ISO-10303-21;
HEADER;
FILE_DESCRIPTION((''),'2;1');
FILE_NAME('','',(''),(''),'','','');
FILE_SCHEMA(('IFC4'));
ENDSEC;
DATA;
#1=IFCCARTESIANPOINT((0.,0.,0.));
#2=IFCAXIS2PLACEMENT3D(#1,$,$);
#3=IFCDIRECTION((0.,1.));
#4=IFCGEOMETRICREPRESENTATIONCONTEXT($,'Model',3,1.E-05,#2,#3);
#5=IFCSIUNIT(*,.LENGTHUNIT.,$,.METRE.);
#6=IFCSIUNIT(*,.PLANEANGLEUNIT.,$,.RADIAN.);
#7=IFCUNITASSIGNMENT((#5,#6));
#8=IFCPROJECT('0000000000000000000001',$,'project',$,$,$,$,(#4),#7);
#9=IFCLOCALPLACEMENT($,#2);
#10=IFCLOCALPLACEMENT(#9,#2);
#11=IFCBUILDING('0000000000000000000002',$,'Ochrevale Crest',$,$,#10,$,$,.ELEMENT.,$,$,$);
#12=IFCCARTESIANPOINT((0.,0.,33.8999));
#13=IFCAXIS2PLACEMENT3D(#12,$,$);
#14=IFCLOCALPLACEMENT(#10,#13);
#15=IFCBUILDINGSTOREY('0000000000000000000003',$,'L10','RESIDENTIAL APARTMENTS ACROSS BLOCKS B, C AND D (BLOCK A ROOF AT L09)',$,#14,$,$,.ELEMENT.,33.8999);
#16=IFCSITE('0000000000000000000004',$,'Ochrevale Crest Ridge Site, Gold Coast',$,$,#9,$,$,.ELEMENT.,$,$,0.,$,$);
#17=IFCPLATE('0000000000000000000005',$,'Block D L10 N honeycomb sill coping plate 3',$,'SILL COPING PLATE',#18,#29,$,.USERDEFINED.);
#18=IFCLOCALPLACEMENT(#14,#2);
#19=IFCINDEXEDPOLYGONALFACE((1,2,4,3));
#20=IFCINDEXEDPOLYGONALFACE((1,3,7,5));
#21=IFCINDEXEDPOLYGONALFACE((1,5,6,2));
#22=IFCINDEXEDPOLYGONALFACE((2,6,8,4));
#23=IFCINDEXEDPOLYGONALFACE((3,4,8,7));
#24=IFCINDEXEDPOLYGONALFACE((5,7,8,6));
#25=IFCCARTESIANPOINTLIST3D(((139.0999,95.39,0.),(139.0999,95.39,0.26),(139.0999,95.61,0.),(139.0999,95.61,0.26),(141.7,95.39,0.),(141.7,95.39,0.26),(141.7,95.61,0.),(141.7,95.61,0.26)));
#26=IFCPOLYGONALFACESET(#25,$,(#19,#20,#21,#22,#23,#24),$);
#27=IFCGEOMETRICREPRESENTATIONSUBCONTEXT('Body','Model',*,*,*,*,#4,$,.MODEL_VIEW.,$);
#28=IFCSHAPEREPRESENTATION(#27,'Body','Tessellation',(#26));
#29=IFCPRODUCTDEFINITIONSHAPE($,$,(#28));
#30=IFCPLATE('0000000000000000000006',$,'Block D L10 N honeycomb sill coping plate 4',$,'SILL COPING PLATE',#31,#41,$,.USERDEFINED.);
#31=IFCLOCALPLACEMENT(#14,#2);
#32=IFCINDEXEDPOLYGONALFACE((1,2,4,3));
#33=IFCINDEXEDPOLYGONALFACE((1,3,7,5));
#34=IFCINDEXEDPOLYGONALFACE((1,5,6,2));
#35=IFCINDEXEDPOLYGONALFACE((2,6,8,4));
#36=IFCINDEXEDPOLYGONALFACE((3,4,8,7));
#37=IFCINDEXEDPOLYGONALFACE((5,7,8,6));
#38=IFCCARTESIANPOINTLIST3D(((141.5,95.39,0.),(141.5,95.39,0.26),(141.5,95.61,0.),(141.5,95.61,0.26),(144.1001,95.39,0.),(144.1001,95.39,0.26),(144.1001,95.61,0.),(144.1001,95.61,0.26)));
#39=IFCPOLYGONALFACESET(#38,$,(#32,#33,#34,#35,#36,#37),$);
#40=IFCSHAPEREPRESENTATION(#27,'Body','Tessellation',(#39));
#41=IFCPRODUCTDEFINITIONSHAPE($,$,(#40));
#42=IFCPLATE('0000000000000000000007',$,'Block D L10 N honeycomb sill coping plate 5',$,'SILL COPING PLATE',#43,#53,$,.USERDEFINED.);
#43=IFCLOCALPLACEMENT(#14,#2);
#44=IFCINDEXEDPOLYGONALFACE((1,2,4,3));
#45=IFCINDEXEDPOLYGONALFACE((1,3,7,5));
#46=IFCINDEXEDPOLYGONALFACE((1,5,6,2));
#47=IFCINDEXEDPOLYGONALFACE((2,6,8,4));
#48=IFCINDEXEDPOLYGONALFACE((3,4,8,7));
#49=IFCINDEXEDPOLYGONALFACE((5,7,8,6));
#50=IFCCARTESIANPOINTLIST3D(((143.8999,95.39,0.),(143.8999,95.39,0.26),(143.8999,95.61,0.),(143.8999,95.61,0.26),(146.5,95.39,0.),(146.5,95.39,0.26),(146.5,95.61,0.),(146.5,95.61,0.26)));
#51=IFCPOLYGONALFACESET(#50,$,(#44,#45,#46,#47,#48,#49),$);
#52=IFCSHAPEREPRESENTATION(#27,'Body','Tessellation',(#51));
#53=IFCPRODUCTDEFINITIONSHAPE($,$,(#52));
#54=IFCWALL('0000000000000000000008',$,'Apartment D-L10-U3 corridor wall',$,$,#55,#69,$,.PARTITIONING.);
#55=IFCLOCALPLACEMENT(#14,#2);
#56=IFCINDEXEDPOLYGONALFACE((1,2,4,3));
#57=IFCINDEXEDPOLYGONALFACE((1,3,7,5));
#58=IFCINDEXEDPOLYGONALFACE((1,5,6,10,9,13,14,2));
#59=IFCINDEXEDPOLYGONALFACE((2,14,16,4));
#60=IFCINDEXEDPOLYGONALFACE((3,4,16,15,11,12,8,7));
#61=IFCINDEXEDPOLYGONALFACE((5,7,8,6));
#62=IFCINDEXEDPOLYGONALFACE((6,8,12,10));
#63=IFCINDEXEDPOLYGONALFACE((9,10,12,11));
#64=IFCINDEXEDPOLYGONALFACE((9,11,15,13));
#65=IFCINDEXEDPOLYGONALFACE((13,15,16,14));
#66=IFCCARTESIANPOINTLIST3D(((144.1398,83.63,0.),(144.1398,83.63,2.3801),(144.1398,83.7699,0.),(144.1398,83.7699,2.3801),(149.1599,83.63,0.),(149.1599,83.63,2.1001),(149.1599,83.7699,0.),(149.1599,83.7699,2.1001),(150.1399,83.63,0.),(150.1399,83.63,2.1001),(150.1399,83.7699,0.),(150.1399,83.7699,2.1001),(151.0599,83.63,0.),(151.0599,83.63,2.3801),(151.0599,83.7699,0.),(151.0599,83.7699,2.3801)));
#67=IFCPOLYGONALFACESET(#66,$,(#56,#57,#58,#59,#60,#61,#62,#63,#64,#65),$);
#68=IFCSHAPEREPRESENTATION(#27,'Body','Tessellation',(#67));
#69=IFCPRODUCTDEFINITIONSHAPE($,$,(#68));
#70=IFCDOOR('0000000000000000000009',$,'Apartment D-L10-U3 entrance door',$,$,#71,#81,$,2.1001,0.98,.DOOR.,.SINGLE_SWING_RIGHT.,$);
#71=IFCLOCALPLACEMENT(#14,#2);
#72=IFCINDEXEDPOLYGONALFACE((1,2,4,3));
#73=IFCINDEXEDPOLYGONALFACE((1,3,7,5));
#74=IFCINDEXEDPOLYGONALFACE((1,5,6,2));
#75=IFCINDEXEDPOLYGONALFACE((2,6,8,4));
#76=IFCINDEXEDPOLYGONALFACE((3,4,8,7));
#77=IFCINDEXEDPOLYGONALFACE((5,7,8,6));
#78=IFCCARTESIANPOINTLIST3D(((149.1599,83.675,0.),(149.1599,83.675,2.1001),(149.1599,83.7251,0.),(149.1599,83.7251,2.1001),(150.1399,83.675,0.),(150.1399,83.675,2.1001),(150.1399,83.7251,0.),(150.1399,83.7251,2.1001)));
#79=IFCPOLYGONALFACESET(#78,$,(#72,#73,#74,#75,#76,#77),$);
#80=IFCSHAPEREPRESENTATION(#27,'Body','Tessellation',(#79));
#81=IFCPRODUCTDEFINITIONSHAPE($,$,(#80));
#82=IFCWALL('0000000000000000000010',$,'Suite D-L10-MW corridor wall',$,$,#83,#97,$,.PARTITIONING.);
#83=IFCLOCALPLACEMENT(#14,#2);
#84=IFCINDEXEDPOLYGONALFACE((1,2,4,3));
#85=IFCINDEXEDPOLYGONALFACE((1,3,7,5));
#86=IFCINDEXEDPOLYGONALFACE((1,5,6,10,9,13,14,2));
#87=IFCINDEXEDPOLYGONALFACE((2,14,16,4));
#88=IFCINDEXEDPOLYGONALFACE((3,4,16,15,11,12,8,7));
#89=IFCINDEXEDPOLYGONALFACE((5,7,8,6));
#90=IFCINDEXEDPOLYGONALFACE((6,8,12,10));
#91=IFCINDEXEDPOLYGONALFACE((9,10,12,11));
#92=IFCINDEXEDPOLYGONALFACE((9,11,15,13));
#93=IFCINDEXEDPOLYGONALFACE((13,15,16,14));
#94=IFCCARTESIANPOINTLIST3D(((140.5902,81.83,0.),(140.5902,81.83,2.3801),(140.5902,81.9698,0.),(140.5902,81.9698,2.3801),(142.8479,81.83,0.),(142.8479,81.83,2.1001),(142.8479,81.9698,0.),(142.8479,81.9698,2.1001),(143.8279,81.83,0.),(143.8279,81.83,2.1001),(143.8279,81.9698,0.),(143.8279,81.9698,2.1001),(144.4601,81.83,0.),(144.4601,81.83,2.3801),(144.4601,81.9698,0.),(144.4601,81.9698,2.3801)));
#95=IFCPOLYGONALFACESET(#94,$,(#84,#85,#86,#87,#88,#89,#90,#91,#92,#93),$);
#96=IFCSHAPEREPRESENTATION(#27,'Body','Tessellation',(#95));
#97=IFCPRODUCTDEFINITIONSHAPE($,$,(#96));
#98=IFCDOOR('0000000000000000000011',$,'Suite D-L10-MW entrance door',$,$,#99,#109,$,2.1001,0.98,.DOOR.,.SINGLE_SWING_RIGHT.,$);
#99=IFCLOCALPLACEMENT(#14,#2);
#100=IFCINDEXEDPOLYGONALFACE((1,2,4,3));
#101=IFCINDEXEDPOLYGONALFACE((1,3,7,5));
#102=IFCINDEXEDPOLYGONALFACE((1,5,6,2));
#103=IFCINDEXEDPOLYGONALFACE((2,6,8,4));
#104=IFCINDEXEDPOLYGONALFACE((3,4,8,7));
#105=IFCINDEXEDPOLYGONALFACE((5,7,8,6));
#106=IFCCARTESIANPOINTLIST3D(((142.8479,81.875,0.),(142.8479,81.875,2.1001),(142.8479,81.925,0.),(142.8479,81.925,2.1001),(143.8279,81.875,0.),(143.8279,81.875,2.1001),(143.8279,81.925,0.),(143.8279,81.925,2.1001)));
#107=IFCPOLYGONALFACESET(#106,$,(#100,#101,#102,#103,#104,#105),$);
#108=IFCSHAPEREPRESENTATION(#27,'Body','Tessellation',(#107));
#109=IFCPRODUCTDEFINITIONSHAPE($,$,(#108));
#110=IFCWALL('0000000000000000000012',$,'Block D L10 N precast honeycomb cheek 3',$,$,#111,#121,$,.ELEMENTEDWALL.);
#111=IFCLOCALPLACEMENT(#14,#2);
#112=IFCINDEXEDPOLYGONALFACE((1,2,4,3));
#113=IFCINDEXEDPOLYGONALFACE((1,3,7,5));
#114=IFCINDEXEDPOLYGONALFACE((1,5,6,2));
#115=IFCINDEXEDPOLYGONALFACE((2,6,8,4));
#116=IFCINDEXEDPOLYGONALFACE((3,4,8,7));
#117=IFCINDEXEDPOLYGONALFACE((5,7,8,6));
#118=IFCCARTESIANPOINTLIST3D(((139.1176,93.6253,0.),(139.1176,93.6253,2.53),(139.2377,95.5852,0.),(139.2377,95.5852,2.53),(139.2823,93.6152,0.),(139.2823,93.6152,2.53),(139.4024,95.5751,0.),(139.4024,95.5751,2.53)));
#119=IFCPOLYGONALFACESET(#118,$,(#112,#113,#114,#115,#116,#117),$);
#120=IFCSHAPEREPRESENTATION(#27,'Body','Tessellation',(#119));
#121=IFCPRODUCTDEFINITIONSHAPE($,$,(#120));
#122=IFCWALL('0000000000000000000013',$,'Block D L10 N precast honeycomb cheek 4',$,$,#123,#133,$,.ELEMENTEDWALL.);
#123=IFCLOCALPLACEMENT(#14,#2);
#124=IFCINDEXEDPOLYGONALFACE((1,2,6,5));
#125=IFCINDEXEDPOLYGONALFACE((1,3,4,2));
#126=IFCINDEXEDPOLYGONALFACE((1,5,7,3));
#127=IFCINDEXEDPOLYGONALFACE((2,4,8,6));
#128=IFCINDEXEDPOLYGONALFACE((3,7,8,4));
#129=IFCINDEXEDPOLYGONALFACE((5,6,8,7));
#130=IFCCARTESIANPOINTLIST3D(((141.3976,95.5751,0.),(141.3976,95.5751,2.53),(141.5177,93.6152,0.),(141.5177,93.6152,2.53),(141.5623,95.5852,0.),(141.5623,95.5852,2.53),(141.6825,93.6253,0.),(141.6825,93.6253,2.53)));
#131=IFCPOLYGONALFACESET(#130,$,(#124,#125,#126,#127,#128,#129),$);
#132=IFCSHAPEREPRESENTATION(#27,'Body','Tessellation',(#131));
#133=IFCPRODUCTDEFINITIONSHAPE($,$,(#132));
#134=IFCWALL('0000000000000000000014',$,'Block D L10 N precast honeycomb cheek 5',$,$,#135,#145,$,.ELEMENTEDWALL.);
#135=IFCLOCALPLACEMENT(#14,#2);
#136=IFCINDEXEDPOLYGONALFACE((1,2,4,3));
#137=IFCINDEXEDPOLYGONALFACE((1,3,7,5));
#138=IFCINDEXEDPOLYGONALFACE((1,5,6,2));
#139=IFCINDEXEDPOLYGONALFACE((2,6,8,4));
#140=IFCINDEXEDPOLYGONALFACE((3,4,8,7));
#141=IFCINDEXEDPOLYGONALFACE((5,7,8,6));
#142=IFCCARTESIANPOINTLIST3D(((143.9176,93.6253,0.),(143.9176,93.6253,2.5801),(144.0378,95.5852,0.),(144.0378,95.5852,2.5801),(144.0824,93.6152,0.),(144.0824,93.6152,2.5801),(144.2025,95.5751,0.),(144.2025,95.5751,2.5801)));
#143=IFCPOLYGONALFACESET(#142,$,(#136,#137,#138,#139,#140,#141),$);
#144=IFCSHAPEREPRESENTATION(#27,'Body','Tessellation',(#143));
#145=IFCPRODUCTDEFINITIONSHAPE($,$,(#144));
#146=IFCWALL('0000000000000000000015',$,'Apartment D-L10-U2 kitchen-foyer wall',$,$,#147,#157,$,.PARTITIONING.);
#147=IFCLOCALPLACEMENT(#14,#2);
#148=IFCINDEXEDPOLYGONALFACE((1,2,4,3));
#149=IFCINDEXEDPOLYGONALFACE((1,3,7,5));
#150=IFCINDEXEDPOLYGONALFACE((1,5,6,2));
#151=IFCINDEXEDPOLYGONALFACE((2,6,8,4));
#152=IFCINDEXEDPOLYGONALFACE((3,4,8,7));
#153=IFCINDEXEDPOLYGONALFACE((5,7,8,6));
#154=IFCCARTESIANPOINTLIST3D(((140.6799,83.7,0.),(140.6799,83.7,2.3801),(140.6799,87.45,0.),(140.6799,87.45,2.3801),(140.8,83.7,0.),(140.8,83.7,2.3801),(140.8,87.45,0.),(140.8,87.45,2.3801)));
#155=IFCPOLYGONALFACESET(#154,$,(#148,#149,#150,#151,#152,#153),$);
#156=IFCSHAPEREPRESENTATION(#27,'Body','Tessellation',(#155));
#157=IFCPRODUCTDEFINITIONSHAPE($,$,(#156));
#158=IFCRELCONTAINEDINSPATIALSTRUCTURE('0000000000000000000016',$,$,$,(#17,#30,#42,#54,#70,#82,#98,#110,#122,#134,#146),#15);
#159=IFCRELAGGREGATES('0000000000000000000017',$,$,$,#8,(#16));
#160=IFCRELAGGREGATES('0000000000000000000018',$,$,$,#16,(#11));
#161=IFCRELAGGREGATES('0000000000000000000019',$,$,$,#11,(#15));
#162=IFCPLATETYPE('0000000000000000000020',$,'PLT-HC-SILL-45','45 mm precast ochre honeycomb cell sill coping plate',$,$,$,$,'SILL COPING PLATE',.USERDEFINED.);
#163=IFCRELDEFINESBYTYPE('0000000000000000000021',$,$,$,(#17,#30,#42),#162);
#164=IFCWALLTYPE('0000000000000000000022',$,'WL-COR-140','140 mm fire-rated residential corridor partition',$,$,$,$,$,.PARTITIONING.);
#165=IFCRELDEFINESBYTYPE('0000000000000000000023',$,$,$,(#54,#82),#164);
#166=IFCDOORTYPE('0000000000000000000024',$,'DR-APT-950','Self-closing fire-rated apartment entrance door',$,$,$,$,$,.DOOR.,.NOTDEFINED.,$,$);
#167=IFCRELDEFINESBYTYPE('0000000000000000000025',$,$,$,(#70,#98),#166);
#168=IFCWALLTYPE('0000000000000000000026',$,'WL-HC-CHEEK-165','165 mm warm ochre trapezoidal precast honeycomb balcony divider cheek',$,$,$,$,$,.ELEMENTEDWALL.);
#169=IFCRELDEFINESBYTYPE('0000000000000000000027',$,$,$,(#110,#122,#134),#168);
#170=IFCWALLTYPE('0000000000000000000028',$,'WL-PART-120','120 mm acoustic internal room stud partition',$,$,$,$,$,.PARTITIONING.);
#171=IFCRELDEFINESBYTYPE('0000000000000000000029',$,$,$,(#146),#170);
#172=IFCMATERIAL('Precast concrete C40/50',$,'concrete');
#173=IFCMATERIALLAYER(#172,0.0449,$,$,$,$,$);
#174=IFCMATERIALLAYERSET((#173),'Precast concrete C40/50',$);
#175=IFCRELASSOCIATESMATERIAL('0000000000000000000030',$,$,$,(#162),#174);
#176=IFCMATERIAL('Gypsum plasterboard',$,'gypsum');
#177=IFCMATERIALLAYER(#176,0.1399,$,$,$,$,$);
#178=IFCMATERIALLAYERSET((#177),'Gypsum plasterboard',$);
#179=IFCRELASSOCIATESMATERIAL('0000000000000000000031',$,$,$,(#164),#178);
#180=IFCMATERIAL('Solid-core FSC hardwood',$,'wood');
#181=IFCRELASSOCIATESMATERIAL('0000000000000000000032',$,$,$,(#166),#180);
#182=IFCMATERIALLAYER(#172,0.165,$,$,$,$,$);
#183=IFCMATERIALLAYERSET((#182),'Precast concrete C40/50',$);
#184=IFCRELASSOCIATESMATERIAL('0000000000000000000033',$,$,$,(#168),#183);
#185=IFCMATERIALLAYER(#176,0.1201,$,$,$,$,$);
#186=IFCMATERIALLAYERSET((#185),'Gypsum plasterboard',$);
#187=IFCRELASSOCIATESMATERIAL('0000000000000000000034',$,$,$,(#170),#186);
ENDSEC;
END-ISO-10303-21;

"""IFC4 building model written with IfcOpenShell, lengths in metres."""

from ifc_helpers import new_model, si_unit, direction, frame, frame_2d, origin, origin_2d, place, context, subcontext, project, spatial, rectangle, extrude, material, layer, layer_set, type_object, element, fill, save


model = new_model("IFC4")

# Units and contexts
model_context = context("Model", 3, precision=1e-05, world=origin(), true_north=direction((0.0, 1.0)))
body_context = subcontext(model_context, "Body", "Model", "MODEL_VIEW")
ifc_project = project(units=[si_unit("LENGTHUNIT", "METRE"), si_unit("PLANEANGLEUNIT", "RADIAN")], contexts=[model_context])

# Site, building, storey
site_placement = place(None, origin())
site = spatial("IfcSite", under=ifc_project, at=site_placement, Name="Ochrevale Crest Ridge Site, Gold Coast", CompositionType="ELEMENT", RefElevation=0.0)
building_placement = place(site_placement, origin())
building = spatial("IfcBuilding", under=site, at=building_placement, Name="Ochrevale Crest", CompositionType="ELEMENT")
storey_placement = place(building_placement, frame((0.0, 0.0, 33.8999)))
storey = spatial("IfcBuildingStorey", under=building, at=storey_placement, Name="L10", Description="RESIDENTIAL APARTMENTS ACROSS BLOCKS B, C AND D (BLOCK A ROOF AT L09)", CompositionType="ELEMENT", Elevation=33.8999)

# Shared definitions
ifc_material_1 = material(Name="Precast concrete C40/50", Category="concrete")

# Plates
ifc_layer_1 = layer(ifc_material_1, 0.0449)
ifc_layer_set_1 = layer_set([ifc_layer_1], Name="Precast concrete C40/50")
plate_type_1 = type_object("IfcPlateType", Name="PLT-HC-SILL-45", Description="45 mm precast ochre honeycomb cell sill coping plate", ElementType="SILL COPING PLATE", PredefinedType="USERDEFINED", material=ifc_layer_set_1)
for number, where, z_axis, x_axis, name in (
    (1, (140.3999, 95.5, 0.0), (0.0, 0.0, 1.0), (1.0, 0.0, 0.0), "Block D L10 N honeycomb sill coping plate 3"),
    (2, (142.8, 95.5, 0.0), (0.0, 0.0, 1.0), (1.0, 0.0, 0.0), "Block D L10 N honeycomb sill coping plate 4"),
    (3, (145.2, 95.5, 0.0), (0.0, 0.0, 1.0), (1.0, 0.0, 0.0), "Block D L10 N honeycomb sill coping plate 5"),
):
    element("IfcPlate", number, at=place(storey_placement, frame(where, z_axis=z_axis, x_axis=x_axis)), inside=storey, type_object=plate_type_1, Name=name, ObjectType="SILL COPING PLATE", PredefinedType="USERDEFINED", context=body_context, shape_type="SweptSolid", body=[
        extrude(rectangle(XDim=2.6001, YDim=0.22, at=origin_2d()), origin(), (0.0, 0.0, 1.0), 0.26),
    ])

# Walls, openings, doors
ifc_material_2 = material(Name="Gypsum plasterboard", Category="gypsum")
ifc_layer_2 = layer(ifc_material_2, 0.1399)
ifc_layer_set_2 = layer_set([ifc_layer_2], Name="Gypsum plasterboard")
wall_type_1 = type_object("IfcWallType", Name="WL-COR-140", Description="140 mm fire-rated residential corridor partition", PredefinedType="PARTITIONING", material=ifc_layer_set_2)
wall_1_placement = place(storey_placement, frame((144.1399, 83.7, 0.0), z_axis=(0.0, 0.0, 1.0), x_axis=(1.0, 0.0, 0.0)))
wall_1 = element("IfcWall", 4, at=wall_1_placement, inside=storey, type_object=wall_type_1, Name="Apartment D-L10-U3 corridor wall", PredefinedType="PARTITIONING", context=body_context, shape_type="SweptSolid", body=[
    extrude(rectangle(XDim=6.9202, YDim=0.1399, at=frame_2d((3.46, 0.0))), origin(), (0.0, 0.0, 1.0), 2.3801),
])
opening_1_placement = place(wall_1_placement, frame((6.0, 0.0, 0.0), z_axis=(0.0, 0.0, 1.0), x_axis=(-1.0, 0.0, 0.0)))
opening_1 = element("IfcOpeningElement", 5, at=opening_1_placement, cuts=wall_1, PredefinedType="OPENING", context=body_context, shape_type="SweptSolid", body=[
    extrude(rectangle(XDim=0.98, YDim=2.1001, at=frame_2d((0.49, 1.05))), frame((0.0, 0.0801, 0.0), z_axis=(0.0, -1.0, 0.0), x_axis=(1.0, 0.0, 0.0)), (0.0, 0.0, 1.0), 0.1599),
])
ifc_material_3 = material(Name="Solid-core FSC hardwood", Category="wood")
door_type_1 = type_object("IfcDoorType", Name="DR-APT-950", Description="Self-closing fire-rated apartment entrance door", OperationType="NOTDEFINED", PredefinedType="DOOR", material=ifc_material_3)
door_1_placement = place(opening_1_placement, origin())
door_1 = element("IfcDoor", 6, at=door_1_placement, inside=storey, type_object=door_type_1, Name="Apartment D-L10-U3 entrance door", OperationType="SINGLE_SWING_RIGHT", OverallHeight=2.1001, OverallWidth=0.98, PredefinedType="DOOR", context=body_context, shape_type="SweptSolid", body=[
    extrude(rectangle(XDim=0.98, YDim=2.1001, at=frame_2d((0.49, 1.05))), frame((0.0, 0.0249, 0.0), z_axis=(0.0, -1.0, 0.0), x_axis=(1.0, 0.0, 0.0)), (0.0, 0.0, 1.0), 0.05),
])
fill(opening_1, door_1)
wall_2_placement = place(storey_placement, frame((140.5901, 81.8999, 0.0), z_axis=(0.0, 0.0, 1.0), x_axis=(1.0, 0.0, 0.0)))
wall_2 = element("IfcWall", 7, at=wall_2_placement, inside=storey, type_object=wall_type_1, Name="Suite D-L10-MW corridor wall", PredefinedType="PARTITIONING", context=body_context, shape_type="SweptSolid", body=[
    extrude(rectangle(XDim=3.8699, YDim=0.1399, at=frame_2d((1.9351, 0.0))), origin(), (0.0, 0.0, 1.0), 2.3801),
])
opening_2_placement = place(wall_2_placement, frame((3.2378, 0.0, 0.0), z_axis=(0.0, 0.0, 1.0), x_axis=(-1.0, 0.0, 0.0)))
opening_2 = element("IfcOpeningElement", 8, at=opening_2_placement, cuts=wall_2, PredefinedType="OPENING", context=body_context, shape_type="SweptSolid", body=[
    extrude(rectangle(XDim=0.98, YDim=2.1001, at=frame_2d((0.49, 1.05))), frame((0.0, 0.0801, 0.0), z_axis=(0.0, -1.0, 0.0), x_axis=(1.0, 0.0, 0.0)), (0.0, 0.0, 1.0), 0.1599),
])
door_2_placement = place(opening_2_placement, origin())
door_2 = element("IfcDoor", 9, at=door_2_placement, inside=storey, type_object=door_type_1, Name="Suite D-L10-MW entrance door", OperationType="SINGLE_SWING_RIGHT", OverallHeight=2.1001, OverallWidth=0.98, PredefinedType="DOOR", context=body_context, shape_type="SweptSolid", body=[
    extrude(rectangle(XDim=0.98, YDim=2.1001, at=frame_2d((0.49, 1.05))), frame((0.0, 0.0249, 0.0), z_axis=(0.0, -1.0, 0.0), x_axis=(1.0, 0.0, 0.0)), (0.0, 0.0, 1.0), 0.05),
])
fill(opening_2, door_2)

# Walls
ifc_layer_3 = layer(ifc_material_1, 0.165)
ifc_layer_set_3 = layer_set([ifc_layer_3], Name="Precast concrete C40/50")
wall_type_2 = type_object("IfcWallType", Name="WL-HC-CHEEK-165", Description="165 mm warm ochre trapezoidal precast honeycomb balcony divider cheek", PredefinedType="ELEMENTEDWALL", material=ifc_layer_set_3)
for number, where, z_axis, x_axis, name in (
    (10, (139.2, 93.6201, 0.0), (0.0, 0.0, 1.0), (0.061171, 0.998127, 0.0), "Block D L10 N precast honeycomb cheek 3"),
    (11, (141.6001, 93.6201, 0.0), (0.0, 0.0, 1.0), (-0.061171, 0.998127, 0.0), "Block D L10 N precast honeycomb cheek 4"),
):
    element("IfcWall", number, at=place(storey_placement, frame(where, z_axis=z_axis, x_axis=x_axis)), inside=storey, type_object=wall_type_2, Name=name, PredefinedType="ELEMENTEDWALL", context=body_context, shape_type="SweptSolid", body=[
        extrude(rectangle(XDim=1.9636, YDim=0.165, at=frame_2d((0.9819, 0.0))), origin(), (0.0, 0.0, 1.0), 2.53),
    ])
wall_3_placement = place(storey_placement, frame((144.0, 93.6201, 0.0), z_axis=(0.0, 0.0, 1.0), x_axis=(0.061171, 0.998127, 0.0)))
element("IfcWall", 12, at=wall_3_placement, inside=storey, type_object=wall_type_2, Name="Block D L10 N precast honeycomb cheek 5", PredefinedType="ELEMENTEDWALL", context=body_context, shape_type="SweptSolid", body=[
    extrude(rectangle(XDim=1.9636, YDim=0.165, at=frame_2d((0.9819, 0.0))), origin(), (0.0, 0.0, 1.0), 2.5801),
])
ifc_layer_4 = layer(ifc_material_2, 0.1201)
ifc_layer_set_4 = layer_set([ifc_layer_4], Name="Gypsum plasterboard")
wall_type_3 = type_object("IfcWallType", Name="WL-PART-120", Description="120 mm acoustic internal room stud partition", PredefinedType="PARTITIONING", material=ifc_layer_set_4)
wall_4_placement = place(storey_placement, frame((140.74, 83.7, 0.0), z_axis=(0.0, 0.0, 1.0), x_axis=(0.0, 1.0, 0.0)))
element("IfcWall", 13, at=wall_4_placement, inside=storey, type_object=wall_type_3, Name="Apartment D-L10-U2 kitchen-foyer wall", PredefinedType="PARTITIONING", context=body_context, shape_type="SweptSolid", body=[
    extrude(rectangle(XDim=3.75, YDim=0.1201, at=frame_2d((1.875, 0.0))), origin(), (0.0, 0.0, 1.0), 2.3801),
])

save(model, "model.ifc")
